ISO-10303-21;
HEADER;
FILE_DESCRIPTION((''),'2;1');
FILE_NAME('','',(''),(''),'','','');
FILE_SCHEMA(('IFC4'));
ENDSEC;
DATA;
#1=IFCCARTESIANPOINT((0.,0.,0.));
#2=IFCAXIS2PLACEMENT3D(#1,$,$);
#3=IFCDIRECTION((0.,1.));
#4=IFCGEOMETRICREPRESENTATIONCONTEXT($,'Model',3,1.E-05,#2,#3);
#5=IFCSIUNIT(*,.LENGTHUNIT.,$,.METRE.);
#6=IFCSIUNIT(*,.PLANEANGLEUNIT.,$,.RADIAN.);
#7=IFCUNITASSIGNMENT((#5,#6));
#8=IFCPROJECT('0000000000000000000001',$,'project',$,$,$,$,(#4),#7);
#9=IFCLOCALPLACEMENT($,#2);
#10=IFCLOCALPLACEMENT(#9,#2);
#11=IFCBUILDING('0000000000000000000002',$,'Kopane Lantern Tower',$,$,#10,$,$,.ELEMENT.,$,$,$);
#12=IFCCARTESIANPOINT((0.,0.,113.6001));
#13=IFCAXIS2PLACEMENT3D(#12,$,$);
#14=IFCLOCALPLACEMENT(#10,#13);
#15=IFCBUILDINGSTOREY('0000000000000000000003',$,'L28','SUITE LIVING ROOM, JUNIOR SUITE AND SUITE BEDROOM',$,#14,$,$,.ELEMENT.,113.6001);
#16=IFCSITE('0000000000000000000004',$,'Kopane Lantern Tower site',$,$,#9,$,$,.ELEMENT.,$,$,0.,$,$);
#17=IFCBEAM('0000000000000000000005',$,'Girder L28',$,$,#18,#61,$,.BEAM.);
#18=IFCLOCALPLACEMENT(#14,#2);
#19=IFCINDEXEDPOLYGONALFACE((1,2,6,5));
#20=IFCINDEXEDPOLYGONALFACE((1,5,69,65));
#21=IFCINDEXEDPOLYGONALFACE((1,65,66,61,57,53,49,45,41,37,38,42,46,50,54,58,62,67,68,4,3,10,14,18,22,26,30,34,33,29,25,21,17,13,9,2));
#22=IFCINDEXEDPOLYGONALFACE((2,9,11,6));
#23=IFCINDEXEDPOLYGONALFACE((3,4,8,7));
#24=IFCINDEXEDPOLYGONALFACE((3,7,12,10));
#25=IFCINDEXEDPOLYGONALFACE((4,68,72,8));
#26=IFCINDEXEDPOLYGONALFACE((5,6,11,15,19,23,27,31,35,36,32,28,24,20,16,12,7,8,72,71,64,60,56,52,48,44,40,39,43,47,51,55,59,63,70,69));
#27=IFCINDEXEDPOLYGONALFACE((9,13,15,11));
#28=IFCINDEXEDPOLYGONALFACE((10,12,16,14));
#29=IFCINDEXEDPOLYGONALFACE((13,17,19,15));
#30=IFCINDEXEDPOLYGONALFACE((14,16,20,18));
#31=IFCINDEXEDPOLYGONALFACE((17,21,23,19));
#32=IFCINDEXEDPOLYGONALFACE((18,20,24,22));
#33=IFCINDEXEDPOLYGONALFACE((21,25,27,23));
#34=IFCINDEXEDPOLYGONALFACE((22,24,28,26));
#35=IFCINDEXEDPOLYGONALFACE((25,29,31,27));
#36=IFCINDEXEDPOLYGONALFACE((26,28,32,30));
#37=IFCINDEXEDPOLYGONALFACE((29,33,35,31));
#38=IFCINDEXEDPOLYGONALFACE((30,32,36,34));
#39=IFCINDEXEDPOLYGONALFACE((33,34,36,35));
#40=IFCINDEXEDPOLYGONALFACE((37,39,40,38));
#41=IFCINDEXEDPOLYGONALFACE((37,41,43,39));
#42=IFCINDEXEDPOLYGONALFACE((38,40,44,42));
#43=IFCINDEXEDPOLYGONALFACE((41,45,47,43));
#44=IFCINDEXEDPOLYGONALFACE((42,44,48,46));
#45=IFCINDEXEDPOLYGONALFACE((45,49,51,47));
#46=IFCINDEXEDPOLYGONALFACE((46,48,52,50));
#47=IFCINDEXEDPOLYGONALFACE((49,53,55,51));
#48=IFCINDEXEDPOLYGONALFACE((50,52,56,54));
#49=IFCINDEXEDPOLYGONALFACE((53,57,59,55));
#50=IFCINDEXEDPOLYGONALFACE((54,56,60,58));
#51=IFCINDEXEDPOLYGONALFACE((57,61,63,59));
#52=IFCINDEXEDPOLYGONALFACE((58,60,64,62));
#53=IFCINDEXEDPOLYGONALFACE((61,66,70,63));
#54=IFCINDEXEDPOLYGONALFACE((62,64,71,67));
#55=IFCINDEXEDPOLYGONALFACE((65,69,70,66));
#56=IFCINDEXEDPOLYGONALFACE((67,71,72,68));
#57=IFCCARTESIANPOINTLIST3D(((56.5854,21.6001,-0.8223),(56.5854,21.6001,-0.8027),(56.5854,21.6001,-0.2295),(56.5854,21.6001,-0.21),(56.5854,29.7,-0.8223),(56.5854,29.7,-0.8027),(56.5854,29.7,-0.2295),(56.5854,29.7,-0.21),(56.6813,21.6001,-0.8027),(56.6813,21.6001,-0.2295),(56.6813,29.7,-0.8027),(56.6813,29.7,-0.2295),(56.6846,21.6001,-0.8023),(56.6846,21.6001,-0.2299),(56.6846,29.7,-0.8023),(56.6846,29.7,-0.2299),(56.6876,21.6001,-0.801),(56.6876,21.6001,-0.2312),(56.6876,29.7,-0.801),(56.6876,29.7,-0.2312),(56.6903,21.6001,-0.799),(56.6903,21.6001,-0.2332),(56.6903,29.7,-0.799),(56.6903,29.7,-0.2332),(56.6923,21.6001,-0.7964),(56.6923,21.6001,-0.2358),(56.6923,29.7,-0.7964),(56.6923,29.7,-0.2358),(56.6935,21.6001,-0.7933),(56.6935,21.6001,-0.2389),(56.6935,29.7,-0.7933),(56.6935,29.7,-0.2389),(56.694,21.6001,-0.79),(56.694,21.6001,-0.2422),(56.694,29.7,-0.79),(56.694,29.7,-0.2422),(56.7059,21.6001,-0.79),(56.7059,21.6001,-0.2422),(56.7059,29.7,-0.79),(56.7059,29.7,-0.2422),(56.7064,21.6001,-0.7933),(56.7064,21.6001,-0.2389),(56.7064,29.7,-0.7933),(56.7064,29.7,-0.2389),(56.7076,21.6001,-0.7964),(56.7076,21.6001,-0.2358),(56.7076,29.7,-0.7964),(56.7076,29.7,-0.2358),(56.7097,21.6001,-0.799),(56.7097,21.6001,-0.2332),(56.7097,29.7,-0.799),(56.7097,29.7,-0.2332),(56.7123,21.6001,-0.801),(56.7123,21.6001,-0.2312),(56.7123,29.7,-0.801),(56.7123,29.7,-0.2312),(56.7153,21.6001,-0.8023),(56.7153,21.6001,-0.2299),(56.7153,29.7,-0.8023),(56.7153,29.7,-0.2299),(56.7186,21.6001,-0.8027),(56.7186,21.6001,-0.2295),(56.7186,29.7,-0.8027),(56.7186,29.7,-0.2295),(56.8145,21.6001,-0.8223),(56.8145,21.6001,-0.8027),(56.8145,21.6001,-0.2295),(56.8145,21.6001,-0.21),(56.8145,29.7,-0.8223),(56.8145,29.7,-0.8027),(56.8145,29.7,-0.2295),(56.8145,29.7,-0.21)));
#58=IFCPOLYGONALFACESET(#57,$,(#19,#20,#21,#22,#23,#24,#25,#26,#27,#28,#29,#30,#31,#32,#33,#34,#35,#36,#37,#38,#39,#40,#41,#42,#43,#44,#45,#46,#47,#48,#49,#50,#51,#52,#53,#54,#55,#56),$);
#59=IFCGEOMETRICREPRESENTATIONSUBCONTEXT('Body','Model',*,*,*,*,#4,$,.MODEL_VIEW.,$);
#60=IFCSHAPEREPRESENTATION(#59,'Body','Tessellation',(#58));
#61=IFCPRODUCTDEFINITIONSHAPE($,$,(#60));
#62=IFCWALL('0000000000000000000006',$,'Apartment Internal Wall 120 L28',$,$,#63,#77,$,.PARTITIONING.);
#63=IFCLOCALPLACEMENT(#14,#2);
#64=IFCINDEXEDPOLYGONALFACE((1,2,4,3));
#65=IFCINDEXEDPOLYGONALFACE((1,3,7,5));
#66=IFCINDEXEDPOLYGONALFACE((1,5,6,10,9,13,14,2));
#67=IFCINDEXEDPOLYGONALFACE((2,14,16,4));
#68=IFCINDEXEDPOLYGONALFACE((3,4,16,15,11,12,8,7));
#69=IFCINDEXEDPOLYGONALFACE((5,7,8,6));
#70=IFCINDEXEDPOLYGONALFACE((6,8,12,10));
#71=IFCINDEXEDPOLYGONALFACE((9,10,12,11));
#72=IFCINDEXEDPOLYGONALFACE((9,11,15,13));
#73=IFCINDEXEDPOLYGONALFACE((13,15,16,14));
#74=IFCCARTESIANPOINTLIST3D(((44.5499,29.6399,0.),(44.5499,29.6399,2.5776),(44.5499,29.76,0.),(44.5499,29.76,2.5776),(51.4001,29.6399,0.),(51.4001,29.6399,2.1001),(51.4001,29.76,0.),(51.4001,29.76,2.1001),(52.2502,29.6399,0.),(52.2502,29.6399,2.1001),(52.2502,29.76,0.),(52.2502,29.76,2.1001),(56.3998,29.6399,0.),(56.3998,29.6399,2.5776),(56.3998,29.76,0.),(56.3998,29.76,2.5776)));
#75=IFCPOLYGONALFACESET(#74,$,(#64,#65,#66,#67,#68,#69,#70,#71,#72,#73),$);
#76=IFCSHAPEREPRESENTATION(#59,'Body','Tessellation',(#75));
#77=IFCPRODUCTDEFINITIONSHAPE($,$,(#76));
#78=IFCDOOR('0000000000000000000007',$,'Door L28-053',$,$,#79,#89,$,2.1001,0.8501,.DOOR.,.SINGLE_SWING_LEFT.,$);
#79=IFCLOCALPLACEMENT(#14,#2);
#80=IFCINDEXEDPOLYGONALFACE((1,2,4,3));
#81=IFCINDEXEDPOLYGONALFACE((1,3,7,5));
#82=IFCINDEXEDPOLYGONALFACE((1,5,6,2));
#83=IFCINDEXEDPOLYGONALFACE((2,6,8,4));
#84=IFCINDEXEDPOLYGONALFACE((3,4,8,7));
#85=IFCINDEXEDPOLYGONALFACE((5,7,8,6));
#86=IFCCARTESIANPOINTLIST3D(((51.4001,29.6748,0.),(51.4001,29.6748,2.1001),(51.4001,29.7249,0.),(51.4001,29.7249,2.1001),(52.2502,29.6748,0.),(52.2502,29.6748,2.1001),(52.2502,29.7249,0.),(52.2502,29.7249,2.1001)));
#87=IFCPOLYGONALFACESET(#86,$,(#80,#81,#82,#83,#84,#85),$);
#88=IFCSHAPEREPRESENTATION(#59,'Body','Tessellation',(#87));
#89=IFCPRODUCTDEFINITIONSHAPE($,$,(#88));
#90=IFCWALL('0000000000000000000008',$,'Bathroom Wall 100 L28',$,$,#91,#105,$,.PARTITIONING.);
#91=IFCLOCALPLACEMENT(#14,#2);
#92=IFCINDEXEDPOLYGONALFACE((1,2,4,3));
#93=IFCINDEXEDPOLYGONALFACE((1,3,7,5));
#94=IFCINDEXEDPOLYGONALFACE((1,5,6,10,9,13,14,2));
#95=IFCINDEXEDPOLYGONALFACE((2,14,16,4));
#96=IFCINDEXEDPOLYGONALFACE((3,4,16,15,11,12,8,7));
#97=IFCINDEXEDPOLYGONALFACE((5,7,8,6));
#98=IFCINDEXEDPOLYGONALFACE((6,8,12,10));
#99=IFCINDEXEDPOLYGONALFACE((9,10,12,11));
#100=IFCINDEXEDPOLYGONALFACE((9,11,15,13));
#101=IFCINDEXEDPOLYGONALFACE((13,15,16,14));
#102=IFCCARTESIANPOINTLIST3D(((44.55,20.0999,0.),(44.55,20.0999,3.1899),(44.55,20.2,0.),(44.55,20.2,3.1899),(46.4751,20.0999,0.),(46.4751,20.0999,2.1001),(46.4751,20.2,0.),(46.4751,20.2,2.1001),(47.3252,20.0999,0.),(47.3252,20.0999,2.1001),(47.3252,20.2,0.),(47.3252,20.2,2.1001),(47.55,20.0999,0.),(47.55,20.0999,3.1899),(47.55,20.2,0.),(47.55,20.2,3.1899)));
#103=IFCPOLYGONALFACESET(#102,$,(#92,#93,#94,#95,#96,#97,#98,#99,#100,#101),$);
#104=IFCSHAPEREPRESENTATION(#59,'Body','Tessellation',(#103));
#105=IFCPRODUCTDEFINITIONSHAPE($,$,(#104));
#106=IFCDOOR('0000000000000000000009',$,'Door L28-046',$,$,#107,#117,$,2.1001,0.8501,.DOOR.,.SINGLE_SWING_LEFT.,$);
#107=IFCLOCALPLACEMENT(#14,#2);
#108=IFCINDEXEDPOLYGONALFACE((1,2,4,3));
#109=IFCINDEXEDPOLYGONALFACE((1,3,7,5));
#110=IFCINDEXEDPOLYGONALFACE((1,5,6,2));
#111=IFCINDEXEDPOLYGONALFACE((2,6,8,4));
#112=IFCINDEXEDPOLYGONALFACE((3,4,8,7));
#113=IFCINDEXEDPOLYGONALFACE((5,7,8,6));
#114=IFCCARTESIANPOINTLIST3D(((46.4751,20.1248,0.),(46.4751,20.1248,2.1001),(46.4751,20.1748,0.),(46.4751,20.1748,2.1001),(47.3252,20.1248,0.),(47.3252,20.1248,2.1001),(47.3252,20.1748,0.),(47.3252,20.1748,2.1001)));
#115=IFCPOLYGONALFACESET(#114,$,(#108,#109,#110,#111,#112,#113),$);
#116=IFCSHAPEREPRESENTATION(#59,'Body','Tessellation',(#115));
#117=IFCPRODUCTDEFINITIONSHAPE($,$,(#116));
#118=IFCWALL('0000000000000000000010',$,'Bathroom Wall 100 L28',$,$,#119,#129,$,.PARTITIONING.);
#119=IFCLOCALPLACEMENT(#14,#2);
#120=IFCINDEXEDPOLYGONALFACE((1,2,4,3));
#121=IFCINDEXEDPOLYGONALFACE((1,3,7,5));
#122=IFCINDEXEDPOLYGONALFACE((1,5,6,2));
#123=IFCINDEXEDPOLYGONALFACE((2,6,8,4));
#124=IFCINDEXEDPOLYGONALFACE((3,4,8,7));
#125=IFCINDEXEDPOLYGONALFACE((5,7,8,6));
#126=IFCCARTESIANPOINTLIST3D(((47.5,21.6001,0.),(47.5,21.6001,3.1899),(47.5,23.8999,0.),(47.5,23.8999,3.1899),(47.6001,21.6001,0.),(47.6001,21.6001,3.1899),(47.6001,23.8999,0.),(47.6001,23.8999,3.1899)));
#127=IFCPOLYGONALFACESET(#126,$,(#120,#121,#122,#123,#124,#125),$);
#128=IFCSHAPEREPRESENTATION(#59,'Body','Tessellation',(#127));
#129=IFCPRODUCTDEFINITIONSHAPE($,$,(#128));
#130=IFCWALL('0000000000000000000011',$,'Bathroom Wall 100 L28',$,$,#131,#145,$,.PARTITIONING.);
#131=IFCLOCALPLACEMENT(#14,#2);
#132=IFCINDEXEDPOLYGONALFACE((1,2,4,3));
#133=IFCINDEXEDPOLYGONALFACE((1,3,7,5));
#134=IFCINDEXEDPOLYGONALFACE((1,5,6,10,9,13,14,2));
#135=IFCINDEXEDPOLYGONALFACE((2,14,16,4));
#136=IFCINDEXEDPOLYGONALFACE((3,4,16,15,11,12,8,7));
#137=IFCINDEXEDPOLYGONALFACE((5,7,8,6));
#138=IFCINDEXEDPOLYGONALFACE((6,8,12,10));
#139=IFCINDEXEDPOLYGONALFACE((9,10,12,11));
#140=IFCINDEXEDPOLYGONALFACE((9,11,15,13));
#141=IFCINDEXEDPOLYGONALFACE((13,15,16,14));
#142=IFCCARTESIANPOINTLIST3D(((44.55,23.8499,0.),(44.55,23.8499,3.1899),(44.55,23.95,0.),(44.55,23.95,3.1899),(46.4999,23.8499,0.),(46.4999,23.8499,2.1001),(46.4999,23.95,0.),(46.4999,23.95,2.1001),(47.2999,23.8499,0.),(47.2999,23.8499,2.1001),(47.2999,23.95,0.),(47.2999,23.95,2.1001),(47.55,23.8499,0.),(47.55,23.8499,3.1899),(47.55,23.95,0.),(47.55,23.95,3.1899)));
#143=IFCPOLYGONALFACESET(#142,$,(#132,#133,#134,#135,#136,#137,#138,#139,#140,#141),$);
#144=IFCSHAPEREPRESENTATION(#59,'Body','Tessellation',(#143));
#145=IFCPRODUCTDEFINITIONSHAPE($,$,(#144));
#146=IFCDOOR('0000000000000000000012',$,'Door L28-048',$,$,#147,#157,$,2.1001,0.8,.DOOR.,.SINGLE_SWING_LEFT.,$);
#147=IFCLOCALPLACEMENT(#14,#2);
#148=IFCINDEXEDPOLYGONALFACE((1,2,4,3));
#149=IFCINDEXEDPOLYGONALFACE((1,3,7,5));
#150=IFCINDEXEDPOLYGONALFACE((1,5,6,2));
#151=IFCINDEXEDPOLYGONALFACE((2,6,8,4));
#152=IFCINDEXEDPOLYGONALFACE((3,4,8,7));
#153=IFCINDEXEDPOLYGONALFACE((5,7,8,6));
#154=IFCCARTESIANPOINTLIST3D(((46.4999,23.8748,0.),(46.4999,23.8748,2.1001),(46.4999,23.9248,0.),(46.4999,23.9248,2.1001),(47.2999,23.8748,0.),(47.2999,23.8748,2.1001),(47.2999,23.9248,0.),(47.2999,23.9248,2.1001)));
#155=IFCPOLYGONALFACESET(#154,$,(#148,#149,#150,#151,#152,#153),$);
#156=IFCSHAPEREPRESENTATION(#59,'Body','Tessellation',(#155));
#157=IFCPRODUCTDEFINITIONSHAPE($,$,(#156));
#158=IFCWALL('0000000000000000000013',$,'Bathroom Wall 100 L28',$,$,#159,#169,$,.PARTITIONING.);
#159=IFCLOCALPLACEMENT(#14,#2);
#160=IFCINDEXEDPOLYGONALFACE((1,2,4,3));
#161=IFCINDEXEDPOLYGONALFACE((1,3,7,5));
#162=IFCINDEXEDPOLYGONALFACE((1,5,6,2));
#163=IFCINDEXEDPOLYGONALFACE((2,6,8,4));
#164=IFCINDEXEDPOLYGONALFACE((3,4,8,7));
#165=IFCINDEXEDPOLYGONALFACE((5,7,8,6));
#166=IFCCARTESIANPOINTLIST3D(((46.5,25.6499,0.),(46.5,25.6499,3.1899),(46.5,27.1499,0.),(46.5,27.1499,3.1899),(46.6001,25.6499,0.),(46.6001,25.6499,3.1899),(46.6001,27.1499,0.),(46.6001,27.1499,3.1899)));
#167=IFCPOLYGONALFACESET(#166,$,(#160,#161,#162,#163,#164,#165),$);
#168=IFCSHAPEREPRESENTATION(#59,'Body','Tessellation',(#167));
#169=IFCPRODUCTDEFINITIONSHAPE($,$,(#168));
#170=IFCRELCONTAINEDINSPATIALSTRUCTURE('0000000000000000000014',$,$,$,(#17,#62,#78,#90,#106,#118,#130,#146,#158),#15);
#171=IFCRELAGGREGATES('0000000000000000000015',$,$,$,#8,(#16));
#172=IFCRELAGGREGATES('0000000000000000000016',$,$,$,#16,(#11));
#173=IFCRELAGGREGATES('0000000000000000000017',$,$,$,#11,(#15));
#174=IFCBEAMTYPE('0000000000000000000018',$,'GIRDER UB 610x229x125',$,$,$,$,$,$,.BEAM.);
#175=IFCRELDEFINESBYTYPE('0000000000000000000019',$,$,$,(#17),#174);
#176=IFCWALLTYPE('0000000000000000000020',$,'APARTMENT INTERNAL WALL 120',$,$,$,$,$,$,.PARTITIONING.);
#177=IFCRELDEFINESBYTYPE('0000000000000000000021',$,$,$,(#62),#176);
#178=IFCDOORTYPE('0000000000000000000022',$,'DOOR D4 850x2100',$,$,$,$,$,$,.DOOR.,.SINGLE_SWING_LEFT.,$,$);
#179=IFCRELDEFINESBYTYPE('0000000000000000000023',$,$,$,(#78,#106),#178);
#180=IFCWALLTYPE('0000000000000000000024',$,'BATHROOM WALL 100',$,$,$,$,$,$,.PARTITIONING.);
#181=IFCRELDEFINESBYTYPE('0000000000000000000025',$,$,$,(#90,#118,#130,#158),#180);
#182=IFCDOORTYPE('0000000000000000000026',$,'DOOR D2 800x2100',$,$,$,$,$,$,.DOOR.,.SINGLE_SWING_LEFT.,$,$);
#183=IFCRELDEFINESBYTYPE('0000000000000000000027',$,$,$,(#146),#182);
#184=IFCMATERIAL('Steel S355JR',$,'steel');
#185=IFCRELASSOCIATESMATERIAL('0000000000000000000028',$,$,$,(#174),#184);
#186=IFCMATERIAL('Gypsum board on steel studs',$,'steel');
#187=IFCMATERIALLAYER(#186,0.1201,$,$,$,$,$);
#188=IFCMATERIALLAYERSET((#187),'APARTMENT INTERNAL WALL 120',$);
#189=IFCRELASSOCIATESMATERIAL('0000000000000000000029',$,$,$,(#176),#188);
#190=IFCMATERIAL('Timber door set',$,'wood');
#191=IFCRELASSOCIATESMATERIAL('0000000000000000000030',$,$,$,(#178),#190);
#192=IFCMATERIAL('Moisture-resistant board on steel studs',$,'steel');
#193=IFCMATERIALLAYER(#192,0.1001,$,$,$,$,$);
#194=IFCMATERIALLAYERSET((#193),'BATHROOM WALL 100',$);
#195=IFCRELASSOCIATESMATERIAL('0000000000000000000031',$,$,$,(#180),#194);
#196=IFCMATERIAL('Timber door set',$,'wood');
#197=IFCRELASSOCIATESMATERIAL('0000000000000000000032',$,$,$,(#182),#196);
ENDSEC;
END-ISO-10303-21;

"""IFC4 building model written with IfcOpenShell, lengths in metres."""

from ifc_helpers import new_model, si_unit, direction, frame, frame_2d, origin, origin_2d, place, context, subcontext, project, spatial, rectangle, i_section, extrude, material, layer, layer_set, material_profile, profile_set, type_object, element, fill, save


model = new_model("IFC4")

# Units and contexts
model_context = context("Model", 3, precision=1e-05, world=origin(), true_north=direction((0.0, 1.0)))
body_context = subcontext(model_context, "Body", "Model", "MODEL_VIEW")
ifc_project = project(units=[si_unit("LENGTHUNIT", "METRE"), si_unit("PLANEANGLEUNIT", "RADIAN")], contexts=[model_context])

# Site, building, storey
site_placement = place(None, origin())
site = spatial("IfcSite", under=ifc_project, at=site_placement, Name="Kopane Lantern Tower site", CompositionType="ELEMENT", RefElevation=0.0)
building_placement = place(site_placement, origin())
building = spatial("IfcBuilding", under=site, at=building_placement, Name="Kopane Lantern Tower", CompositionType="ELEMENT")
storey_placement = place(building_placement, frame((0.0, 0.0, 113.6001)))
storey = spatial("IfcBuildingStorey", under=building, at=storey_placement, Name="L28", Description="SUITE LIVING ROOM, JUNIOR SUITE AND SUITE BEDROOM", CompositionType="ELEMENT", Elevation=113.6001)

# Beam
ifc_material_1 = material(Name="Steel S355JR", Category="steel")
ifc_material_profile_1 = material_profile(ifc_material_1, i_section(OverallWidth=0.229, OverallDepth=0.6123, WebThickness=0.012, FlangeThickness=0.0195, FilletRadius=0.0127, at=origin_2d()), Name="UB 610x229x125")
ifc_profile_set_1 = profile_set([ifc_material_profile_1], Name="Steel S355JR")
beam_type_1 = type_object("IfcBeamType", Name="GIRDER UB 610x229x125", PredefinedType="BEAM", material=ifc_profile_set_1)
for number, where, z_axis, x_axis, name in (
    (1, (56.7, 21.6001, -0.5161), (0.0, 1.0, 0.0), (-1.0, 0.0, 0.0), "Girder L28"),
):
    element("IfcBeam", number, at=place(storey_placement, frame(where, z_axis=z_axis, x_axis=x_axis)), inside=storey, type_object=beam_type_1, Name=name, PredefinedType="BEAM", context=body_context, shape_type="SweptSolid", body=[
        extrude(i_section(OverallWidth=0.229, OverallDepth=0.6123, WebThickness=0.012, FlangeThickness=0.0195, FilletRadius=0.0127, at=origin_2d()), origin(), (0.0, 0.0, 1.0), 8.0999),
    ])

# Walls, openings, doors
ifc_material_2 = material(Name="Gypsum board on steel studs", Category="steel")
ifc_layer_1 = layer(ifc_material_2, 0.1201)
ifc_layer_set_1 = layer_set([ifc_layer_1], Name="APARTMENT INTERNAL WALL 120")
wall_type_1 = type_object("IfcWallType", Name="APARTMENT INTERNAL WALL 120", PredefinedType="PARTITIONING", material=ifc_layer_set_1)
wall_1_placement = place(storey_placement, frame((44.55, 29.7, 0.0), z_axis=(0.0, 0.0, 1.0), x_axis=(1.0, 0.0, 0.0)))
wall_1 = element("IfcWall", 2, at=wall_1_placement, inside=storey, type_object=wall_type_1, Name="Apartment Internal Wall 120 L28", PredefinedType="PARTITIONING", context=body_context, shape_type="SweptSolid", body=[
    extrude(rectangle(XDim=11.8499, YDim=0.1201, at=frame_2d((5.9248, 0.0))), origin(), (0.0, 0.0, 1.0), 2.5776),
])
opening_1_placement = place(wall_1_placement, frame((6.8501, 0.0, 0.0)))
opening_1 = element("IfcOpeningElement", 3, at=opening_1_placement, cuts=wall_1, PredefinedType="OPENING", context=body_context, shape_type="SweptSolid", body=[
    extrude(rectangle(XDim=0.8501, YDim=2.1001, at=frame_2d((0.425, 1.05))), frame((0.0, 0.0701, 0.0), z_axis=(0.0, -1.0, 0.0), x_axis=(1.0, 0.0, 0.0)), (0.0, 0.0, 1.0), 0.1401),
])
ifc_material_3 = material(Name="Timber door set", Category="wood")
door_type_1 = type_object("IfcDoorType", Name="DOOR D4 850x2100", OperationType="SINGLE_SWING_LEFT", PredefinedType="DOOR", material=ifc_material_3)
door_1_placement = place(opening_1_placement, origin())
door_1 = element("IfcDoor", 4, at=door_1_placement, inside=storey, type_object=door_type_1, Name="Door L28-053", OperationType="SINGLE_SWING_LEFT", OverallHeight=2.1001, OverallWidth=0.8501, PredefinedType="DOOR", context=body_context, shape_type="SweptSolid", body=[
    extrude(rectangle(XDim=0.8501, YDim=2.1001, at=frame_2d((0.425, 1.05))), frame((0.0, 0.0249, 0.0), z_axis=(0.0, -1.0, 0.0), x_axis=(1.0, 0.0, 0.0)), (0.0, 0.0, 1.0), 0.05),
])
fill(opening_1, door_1)
ifc_material_4 = material(Name="Moisture-resistant board on steel studs", Category="steel")
ifc_layer_2 = layer(ifc_material_4, 0.1001)
ifc_layer_set_2 = layer_set([ifc_layer_2], Name="BATHROOM WALL 100")
wall_type_2 = type_object("IfcWallType", Name="BATHROOM WALL 100", PredefinedType="PARTITIONING", material=ifc_layer_set_2)
wall_2_placement = place(storey_placement, frame((44.55, 20.1499, 0.0), z_axis=(0.0, 0.0, 1.0), x_axis=(1.0, 0.0, 0.0)))
wall_2 = element("IfcWall", 5, at=wall_2_placement, inside=storey, type_object=wall_type_2, Name="Bathroom Wall 100 L28", PredefinedType="PARTITIONING", context=body_context, shape_type="SweptSolid", body=[
    extrude(rectangle(XDim=3.0, YDim=0.1001, at=frame_2d((1.5, 0.0))), origin(), (0.0, 0.0, 1.0), 3.1899),
])
opening_2_placement = place(wall_2_placement, frame((1.925, 0.0, 0.0)))
opening_2 = element("IfcOpeningElement", 6, at=opening_2_placement, cuts=wall_2, PredefinedType="OPENING", context=body_context, shape_type="SweptSolid", body=[
    extrude(rectangle(XDim=0.8501, YDim=2.1001, at=frame_2d((0.425, 1.05))), frame((0.0, 0.0601, 0.0), z_axis=(0.0, -1.0, 0.0), x_axis=(1.0, 0.0, 0.0)), (0.0, 0.0, 1.0), 0.1201),
])
door_2_placement = place(opening_2_placement, origin())
door_2 = element("IfcDoor", 7, at=door_2_placement, inside=storey, type_object=door_type_1, Name="Door L28-046", OperationType="SINGLE_SWING_LEFT", OverallHeight=2.1001, OverallWidth=0.8501, PredefinedType="DOOR", context=body_context, shape_type="SweptSolid", body=[
    extrude(rectangle(XDim=0.8501, YDim=2.1001, at=frame_2d((0.425, 1.05))), frame((0.0, 0.0249, 0.0), z_axis=(0.0, -1.0, 0.0), x_axis=(1.0, 0.0, 0.0)), (0.0, 0.0, 1.0), 0.05),
])
fill(opening_2, door_2)

# Wall
wall_3_placement = place(storey_placement, frame((47.55, 21.6001, 0.0), z_axis=(0.0, 0.0, 1.0), x_axis=(0.0, 1.0, 0.0)))
element("IfcWall", 8, at=wall_3_placement, inside=storey, type_object=wall_type_2, Name="Bathroom Wall 100 L28", PredefinedType="PARTITIONING", context=body_context, shape_type="SweptSolid", body=[
    extrude(rectangle(XDim=2.2998, YDim=0.1001, at=frame_2d((1.1499, 0.0))), origin(), (0.0, 0.0, 1.0), 3.1899),
])

# Wall, opening, door
wall_4_placement = place(storey_placement, frame((44.55, 23.8999, 0.0), z_axis=(0.0, 0.0, 1.0), x_axis=(1.0, 0.0, 0.0)))
wall_4 = element("IfcWall", 9, at=wall_4_placement, inside=storey, type_object=wall_type_2, Name="Bathroom Wall 100 L28", PredefinedType="PARTITIONING", context=body_context, shape_type="SweptSolid", body=[
    extrude(rectangle(XDim=3.0, YDim=0.1001, at=frame_2d((1.5, 0.0))), origin(), (0.0, 0.0, 1.0), 3.1899),
])
opening_3_placement = place(wall_4_placement, frame((1.95, 0.0, 0.0)))
opening_3 = element("IfcOpeningElement", 10, at=opening_3_placement, cuts=wall_4, PredefinedType="OPENING", context=body_context, shape_type="SweptSolid", body=[
    extrude(rectangle(XDim=0.8, YDim=2.1001, at=frame_2d((0.3999, 1.05))), frame((0.0, 0.0601, 0.0), z_axis=(0.0, -1.0, 0.0), x_axis=(1.0, 0.0, 0.0)), (0.0, 0.0, 1.0), 0.1201),
])
ifc_material_5 = material(Name="Timber door set", Category="wood")
door_type_2 = type_object("IfcDoorType", Name="DOOR D2 800x2100", OperationType="SINGLE_SWING_LEFT", PredefinedType="DOOR", material=ifc_material_5)
door_3_placement = place(opening_3_placement, origin())
door_3 = element("IfcDoor", 11, at=door_3_placement, inside=storey, type_object=door_type_2, Name="Door L28-048", OperationType="SINGLE_SWING_LEFT", OverallHeight=2.1001, OverallWidth=0.8, PredefinedType="DOOR", context=body_context, shape_type="SweptSolid", body=[
    extrude(rectangle(XDim=0.8, YDim=2.1001, at=frame_2d((0.3999, 1.05))), frame((0.0, 0.0249, 0.0), z_axis=(0.0, -1.0, 0.0), x_axis=(1.0, 0.0, 0.0)), (0.0, 0.0, 1.0), 0.05),
])
fill(opening_3, door_3)

# Wall
wall_5_placement = place(storey_placement, frame((46.55, 25.6499, 0.0), z_axis=(0.0, 0.0, 1.0), x_axis=(0.0, 1.0, 0.0)))
element("IfcWall", 12, at=wall_5_placement, inside=storey, type_object=wall_type_2, Name="Bathroom Wall 100 L28", PredefinedType="PARTITIONING", context=body_context, shape_type="SweptSolid", body=[
    extrude(rectangle(XDim=1.5, YDim=0.1001, at=frame_2d((0.75, 0.0))), origin(), (0.0, 0.0, 1.0), 3.1899),
])

save(model, "model.ifc")
